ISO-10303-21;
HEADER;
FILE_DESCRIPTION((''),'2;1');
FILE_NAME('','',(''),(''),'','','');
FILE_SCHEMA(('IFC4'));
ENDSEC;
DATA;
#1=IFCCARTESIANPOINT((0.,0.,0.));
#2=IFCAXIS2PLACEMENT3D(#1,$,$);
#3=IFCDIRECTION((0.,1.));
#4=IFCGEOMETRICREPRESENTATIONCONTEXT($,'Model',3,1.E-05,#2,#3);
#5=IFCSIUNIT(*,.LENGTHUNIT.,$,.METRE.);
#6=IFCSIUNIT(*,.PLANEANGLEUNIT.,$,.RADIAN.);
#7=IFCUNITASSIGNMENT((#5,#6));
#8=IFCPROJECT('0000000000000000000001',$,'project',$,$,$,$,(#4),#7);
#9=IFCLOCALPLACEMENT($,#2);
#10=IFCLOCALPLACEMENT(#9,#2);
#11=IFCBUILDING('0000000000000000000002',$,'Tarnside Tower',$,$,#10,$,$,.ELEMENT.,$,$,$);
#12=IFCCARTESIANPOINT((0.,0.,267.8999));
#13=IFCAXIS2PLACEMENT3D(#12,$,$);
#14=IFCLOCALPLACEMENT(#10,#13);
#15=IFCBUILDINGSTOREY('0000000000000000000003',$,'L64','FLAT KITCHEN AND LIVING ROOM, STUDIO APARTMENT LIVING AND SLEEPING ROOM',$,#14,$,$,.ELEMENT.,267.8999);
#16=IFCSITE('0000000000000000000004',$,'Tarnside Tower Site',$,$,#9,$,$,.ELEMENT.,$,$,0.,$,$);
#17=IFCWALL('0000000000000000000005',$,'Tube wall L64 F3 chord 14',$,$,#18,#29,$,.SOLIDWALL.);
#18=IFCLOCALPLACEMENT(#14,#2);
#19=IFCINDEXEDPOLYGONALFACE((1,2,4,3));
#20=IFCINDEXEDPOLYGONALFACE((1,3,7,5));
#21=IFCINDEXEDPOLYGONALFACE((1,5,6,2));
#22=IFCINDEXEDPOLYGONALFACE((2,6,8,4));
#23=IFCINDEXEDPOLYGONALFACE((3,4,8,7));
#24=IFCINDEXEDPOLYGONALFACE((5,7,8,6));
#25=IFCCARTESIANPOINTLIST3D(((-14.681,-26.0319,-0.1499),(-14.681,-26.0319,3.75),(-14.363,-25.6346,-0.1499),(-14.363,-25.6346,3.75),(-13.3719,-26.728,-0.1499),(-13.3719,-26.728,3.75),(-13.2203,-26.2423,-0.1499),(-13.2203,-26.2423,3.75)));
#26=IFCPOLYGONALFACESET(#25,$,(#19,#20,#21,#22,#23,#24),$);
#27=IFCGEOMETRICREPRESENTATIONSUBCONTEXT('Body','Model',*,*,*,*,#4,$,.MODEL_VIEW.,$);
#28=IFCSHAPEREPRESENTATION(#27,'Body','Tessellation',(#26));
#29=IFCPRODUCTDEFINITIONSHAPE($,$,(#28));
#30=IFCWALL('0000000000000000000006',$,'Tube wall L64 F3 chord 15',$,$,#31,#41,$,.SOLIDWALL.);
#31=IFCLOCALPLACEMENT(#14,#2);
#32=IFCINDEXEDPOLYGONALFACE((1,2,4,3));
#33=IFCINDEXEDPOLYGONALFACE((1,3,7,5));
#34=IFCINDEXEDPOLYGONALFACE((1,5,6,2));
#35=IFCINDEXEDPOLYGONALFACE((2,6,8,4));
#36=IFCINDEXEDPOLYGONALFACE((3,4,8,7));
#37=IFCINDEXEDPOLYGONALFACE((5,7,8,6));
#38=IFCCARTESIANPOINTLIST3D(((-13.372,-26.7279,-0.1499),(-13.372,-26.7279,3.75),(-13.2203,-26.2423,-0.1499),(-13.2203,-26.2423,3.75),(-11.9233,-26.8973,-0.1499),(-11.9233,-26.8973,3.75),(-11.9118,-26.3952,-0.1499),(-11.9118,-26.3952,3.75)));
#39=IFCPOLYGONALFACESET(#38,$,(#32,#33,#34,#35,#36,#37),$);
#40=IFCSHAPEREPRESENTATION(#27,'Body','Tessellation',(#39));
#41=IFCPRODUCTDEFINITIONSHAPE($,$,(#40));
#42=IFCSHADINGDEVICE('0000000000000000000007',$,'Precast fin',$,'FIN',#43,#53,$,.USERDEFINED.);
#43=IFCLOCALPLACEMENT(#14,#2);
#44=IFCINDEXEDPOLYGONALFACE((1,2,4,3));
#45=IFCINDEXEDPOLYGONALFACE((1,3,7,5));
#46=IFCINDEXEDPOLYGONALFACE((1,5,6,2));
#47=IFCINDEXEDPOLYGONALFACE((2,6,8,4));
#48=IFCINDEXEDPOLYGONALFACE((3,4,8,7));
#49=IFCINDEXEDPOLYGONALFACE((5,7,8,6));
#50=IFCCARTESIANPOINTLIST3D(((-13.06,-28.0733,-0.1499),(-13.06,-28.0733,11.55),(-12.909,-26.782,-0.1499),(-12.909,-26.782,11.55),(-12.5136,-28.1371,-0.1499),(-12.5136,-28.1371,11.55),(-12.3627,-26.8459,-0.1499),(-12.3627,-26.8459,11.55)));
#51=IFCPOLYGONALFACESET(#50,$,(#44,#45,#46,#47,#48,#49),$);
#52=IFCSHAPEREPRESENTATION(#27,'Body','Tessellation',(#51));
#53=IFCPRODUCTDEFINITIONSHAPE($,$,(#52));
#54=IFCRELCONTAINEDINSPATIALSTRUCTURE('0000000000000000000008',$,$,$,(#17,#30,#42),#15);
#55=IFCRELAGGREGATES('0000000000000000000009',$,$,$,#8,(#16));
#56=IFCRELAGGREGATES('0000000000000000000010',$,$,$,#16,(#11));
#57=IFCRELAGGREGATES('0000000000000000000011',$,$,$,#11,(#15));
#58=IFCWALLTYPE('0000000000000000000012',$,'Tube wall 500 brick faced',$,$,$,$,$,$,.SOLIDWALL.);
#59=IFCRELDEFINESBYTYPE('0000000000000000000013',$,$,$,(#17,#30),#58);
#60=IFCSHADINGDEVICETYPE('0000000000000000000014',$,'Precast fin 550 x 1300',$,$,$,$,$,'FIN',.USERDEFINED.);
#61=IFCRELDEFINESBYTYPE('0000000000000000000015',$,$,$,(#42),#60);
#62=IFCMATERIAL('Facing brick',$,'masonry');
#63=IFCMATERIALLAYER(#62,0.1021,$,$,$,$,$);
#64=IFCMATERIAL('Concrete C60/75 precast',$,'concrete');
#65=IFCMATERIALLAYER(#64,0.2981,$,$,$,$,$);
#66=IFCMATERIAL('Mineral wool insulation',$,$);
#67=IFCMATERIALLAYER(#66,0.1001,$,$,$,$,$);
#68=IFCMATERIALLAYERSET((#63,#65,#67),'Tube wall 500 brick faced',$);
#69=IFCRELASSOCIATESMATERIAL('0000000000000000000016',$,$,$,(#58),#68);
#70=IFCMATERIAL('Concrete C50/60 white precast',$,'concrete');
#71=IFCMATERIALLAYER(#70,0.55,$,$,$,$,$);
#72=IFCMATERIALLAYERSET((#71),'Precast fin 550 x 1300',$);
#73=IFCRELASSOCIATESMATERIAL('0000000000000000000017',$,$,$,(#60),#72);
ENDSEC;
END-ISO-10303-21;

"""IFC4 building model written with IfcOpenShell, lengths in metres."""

from ifc_helpers import new_model, si_unit, direction, frame, origin, place, context, subcontext, project, spatial, polyline, outline, extrude, material, layer, layer_set, type_object, element, save


model = new_model("IFC4")

# Units and contexts
model_context = context("Model", 3, precision=1e-05, world=origin(), true_north=direction((0.0, 1.0)))
body_context = subcontext(model_context, "Body", "Model", "MODEL_VIEW")
ifc_project = project(units=[si_unit("LENGTHUNIT", "METRE"), si_unit("PLANEANGLEUNIT", "RADIAN")], contexts=[model_context])

# Site, building, storey
site_placement = place(None, origin())
site = spatial("IfcSite", under=ifc_project, at=site_placement, Name="Tarnside Tower Site", CompositionType="ELEMENT", RefElevation=0.0)
building_placement = place(site_placement, origin())
building = spatial("IfcBuilding", under=site, at=building_placement, Name="Tarnside Tower", CompositionType="ELEMENT")
storey_placement = place(building_placement, frame((0.0, 0.0, 267.8999)))
storey = spatial("IfcBuildingStorey", under=building, at=storey_placement, Name="L64", Description="FLAT KITCHEN AND LIVING ROOM, STUDIO APARTMENT LIVING AND SLEEPING ROOM", CompositionType="ELEMENT", Elevation=267.8999)

# Shared definitions
ifc_material_1 = material(Name="Concrete C60/75 precast", Category="concrete")
ifc_material_2 = material(Name="Mineral wool insulation")

# Walls
ifc_material_3 = material(Name="Facing brick", Category="masonry")
ifc_layer_1 = layer(ifc_material_3, 0.1021)
ifc_layer_2 = layer(ifc_material_1, 0.2981)
ifc_layer_3 = layer(ifc_material_2, 0.1001)
ifc_layer_set_1 = layer_set([ifc_layer_1, ifc_layer_2, ifc_layer_3], Name="Tube wall 500 brick faced")
wall_type_1 = type_object("IfcWallType", Name="Tube wall 500 brick faced", PredefinedType="SOLIDWALL", material=ifc_layer_set_1)
wall_1_placement = place(storey_placement, frame((-14.522, -25.8333, -0.1499), z_axis=(0.0, 0.0, 1.0), x_axis=(0.882927, -0.469511, 0.0)))
element("IfcWall", 1, at=wall_1_placement, inside=storey, type_object=wall_type_1, Name="Tube wall L64 F3 chord 14", PredefinedType="SOLIDWALL", context=body_context, shape_type="SweptSolid", body=[
    extrude(outline(polyline([(-0.0471, -0.25), (1.4355, -0.25), (1.3413, 0.25), (0.0471, 0.25), (-0.0471, -0.25)])), origin(), (0.0, 0.0, 1.0), 3.8999),
])
wall_2_placement = place(storey_placement, frame((-13.2961, -26.4851, -0.1499), z_axis=(0.0, 0.0, 1.0), x_axis=(0.993239, -0.116086, 0.0)))
element("IfcWall", 2, at=wall_2_placement, inside=storey, type_object=wall_type_1, Name="Tube wall L64 F3 chord 15", PredefinedType="SOLIDWALL", context=body_context, shape_type="SweptSolid", body=[
    extrude(outline(polyline([(-0.0471, -0.25), (1.4114, -0.25), (1.3645, 0.25), (0.0471, 0.25), (-0.0471, -0.25)])), origin(), (0.0, 0.0, 1.0), 3.8999),
])

# Shading device
ifc_material_4 = material(Name="Concrete C50/60 white precast", Category="concrete")
ifc_layer_4 = layer(ifc_material_4, 0.55)
ifc_layer_set_2 = layer_set([ifc_layer_4], Name="Precast fin 550 x 1300")
shading_device_type = type_object("IfcShadingDeviceType", Name="Precast fin 550 x 1300", ElementType="FIN", PredefinedType="USERDEFINED", material=ifc_layer_set_2)
shading_device_placement = place(storey_placement, frame((-12.6357, -26.814, -0.1499), z_axis=(-0.993238, 0.116093, 0.0), x_axis=(-0.116093, -0.993238, 0.0)))
element("IfcShadingDevice", 3, at=shading_device_placement, inside=storey, type_object=shading_device_type, Name="Precast fin", ObjectType="FIN", PredefinedType="USERDEFINED", context=body_context, shape_type="SweptSolid", body=[
    extrude(outline(polyline([(0.0, 0.0), (1.3, 0.0), (1.3, 11.7), (0.0, 11.7), (0.0, 0.0)])), frame((0.0, 0.0, -0.2749)), (0.0, 0.0, 1.0), 0.55),
])

save(model, "model.ifc")
